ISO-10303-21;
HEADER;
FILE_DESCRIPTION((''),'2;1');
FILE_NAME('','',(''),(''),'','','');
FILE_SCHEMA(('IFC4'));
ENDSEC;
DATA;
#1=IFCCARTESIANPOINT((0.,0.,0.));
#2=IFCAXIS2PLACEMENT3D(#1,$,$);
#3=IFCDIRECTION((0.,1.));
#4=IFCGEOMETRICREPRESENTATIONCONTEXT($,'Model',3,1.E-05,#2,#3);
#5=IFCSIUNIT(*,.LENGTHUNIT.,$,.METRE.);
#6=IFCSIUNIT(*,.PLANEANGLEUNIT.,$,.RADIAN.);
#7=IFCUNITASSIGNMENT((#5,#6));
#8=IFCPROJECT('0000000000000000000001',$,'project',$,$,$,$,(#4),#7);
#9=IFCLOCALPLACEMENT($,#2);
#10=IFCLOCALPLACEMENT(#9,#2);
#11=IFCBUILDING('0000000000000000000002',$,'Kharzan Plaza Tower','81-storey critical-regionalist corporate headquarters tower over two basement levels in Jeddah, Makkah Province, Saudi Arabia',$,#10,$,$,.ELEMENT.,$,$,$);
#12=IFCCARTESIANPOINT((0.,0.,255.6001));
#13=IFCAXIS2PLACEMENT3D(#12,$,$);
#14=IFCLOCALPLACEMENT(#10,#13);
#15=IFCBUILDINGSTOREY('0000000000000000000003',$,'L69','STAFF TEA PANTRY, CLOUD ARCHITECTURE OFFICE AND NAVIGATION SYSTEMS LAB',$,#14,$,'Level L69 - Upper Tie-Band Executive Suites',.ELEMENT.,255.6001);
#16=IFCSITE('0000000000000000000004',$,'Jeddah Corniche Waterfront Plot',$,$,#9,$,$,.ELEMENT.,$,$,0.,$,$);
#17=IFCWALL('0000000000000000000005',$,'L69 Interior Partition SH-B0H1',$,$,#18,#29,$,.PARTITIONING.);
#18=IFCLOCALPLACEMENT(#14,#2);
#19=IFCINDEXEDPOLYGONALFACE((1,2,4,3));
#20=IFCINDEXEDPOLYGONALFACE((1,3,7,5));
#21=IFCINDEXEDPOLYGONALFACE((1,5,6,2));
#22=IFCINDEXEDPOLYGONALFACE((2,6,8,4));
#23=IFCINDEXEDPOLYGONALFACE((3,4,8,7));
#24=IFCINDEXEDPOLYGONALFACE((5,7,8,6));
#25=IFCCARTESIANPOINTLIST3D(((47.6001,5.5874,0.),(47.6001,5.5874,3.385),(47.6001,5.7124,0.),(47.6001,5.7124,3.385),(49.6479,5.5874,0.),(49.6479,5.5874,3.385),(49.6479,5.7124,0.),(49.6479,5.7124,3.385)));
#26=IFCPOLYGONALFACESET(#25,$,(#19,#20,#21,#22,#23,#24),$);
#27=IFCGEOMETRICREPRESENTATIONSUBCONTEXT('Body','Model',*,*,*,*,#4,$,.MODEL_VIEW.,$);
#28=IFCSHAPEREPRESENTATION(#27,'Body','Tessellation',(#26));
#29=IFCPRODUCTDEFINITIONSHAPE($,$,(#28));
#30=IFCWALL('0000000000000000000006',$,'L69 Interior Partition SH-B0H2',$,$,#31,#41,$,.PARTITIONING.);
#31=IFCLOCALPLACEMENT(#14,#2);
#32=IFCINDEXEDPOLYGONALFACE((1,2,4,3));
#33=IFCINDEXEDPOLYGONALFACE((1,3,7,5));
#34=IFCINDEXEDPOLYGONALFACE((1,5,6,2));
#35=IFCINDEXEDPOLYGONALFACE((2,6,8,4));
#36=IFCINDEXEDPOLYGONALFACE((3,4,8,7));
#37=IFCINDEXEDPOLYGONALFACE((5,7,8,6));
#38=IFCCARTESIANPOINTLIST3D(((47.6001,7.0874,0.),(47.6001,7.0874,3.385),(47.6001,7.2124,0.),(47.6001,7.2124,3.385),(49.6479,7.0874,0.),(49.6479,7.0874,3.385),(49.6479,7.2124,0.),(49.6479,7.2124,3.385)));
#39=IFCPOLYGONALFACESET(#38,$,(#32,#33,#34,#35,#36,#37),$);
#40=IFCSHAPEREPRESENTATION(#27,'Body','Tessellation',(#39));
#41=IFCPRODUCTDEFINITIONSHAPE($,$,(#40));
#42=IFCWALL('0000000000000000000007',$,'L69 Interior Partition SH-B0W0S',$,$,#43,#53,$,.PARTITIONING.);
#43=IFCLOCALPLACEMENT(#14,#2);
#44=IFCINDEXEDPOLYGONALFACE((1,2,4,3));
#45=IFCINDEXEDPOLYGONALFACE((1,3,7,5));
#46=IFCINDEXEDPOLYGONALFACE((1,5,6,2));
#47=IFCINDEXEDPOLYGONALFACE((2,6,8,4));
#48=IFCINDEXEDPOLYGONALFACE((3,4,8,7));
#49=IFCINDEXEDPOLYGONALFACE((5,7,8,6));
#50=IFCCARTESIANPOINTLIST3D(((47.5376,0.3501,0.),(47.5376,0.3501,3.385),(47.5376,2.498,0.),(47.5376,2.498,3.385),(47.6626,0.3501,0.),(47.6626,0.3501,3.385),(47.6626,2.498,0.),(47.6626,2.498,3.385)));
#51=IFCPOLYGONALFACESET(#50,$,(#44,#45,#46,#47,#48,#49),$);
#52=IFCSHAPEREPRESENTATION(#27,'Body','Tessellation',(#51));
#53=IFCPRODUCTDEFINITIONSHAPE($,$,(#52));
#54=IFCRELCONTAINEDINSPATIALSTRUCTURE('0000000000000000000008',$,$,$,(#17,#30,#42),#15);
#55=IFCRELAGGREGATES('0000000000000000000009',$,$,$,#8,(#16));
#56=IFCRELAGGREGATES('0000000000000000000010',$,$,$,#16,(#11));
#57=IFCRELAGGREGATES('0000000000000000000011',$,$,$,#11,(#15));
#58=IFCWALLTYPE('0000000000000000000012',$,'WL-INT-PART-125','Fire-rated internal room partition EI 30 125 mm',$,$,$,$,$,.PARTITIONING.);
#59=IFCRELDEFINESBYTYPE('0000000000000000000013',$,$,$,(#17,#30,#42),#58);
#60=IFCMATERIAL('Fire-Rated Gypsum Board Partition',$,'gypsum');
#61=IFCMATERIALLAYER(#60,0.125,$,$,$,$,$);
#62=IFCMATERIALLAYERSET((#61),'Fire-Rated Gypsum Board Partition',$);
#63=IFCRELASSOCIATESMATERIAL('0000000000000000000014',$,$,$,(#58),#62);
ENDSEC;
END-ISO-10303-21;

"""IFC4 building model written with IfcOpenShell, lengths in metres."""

from ifc_helpers import new_model, si_unit, direction, frame, frame_2d, origin, place, context, subcontext, project, spatial, rectangle, extrude, source, transform, mapped, material, layer, layer_set, type_object, element, save


model = new_model("IFC4")

# Units and contexts
model_context = context("Model", 3, precision=1e-05, world=origin(), true_north=direction((0.0, 1.0)))
body_context = subcontext(model_context, "Body", "Model", "MODEL_VIEW")
ifc_project = project(units=[si_unit("LENGTHUNIT", "METRE"), si_unit("PLANEANGLEUNIT", "RADIAN")], contexts=[model_context])

# Site, building, storey
site_placement = place(None, origin())
site = spatial("IfcSite", under=ifc_project, at=site_placement, Name="Jeddah Corniche Waterfront Plot", CompositionType="ELEMENT", RefElevation=0.0)
building_placement = place(site_placement, origin())
building = spatial("IfcBuilding", under=site, at=building_placement, Name="Kharzan Plaza Tower", Description="81-storey critical-regionalist corporate headquarters tower over two basement levels in Jeddah, Makkah Province, Saudi Arabia", CompositionType="ELEMENT")
storey_placement = place(building_placement, frame((0.0, 0.0, 255.6001)))
storey = spatial("IfcBuildingStorey", under=building, at=storey_placement, Name="L69", Description="STAFF TEA PANTRY, CLOUD ARCHITECTURE OFFICE AND NAVIGATION SYSTEMS LAB", LongName="Level L69 - Upper Tie-Band Executive Suites", CompositionType="ELEMENT", Elevation=255.6001)

# Shared definitions
ifc_material_1 = material(Name="Fire-Rated Gypsum Board Partition", Category="gypsum")
ifc_layer_1 = layer(ifc_material_1, 0.125)
ifc_layer_set_1 = layer_set([ifc_layer_1], Name="Fire-Rated Gypsum Board Partition")
wall_type_1 = type_object("IfcWallType", Name="WL-INT-PART-125", Description="Fire-rated internal room partition EI 30 125 mm", PredefinedType="PARTITIONING", material=ifc_layer_set_1)

# Walls
shared_shape_1 = source(origin(), body_context, "Body", "SweptSolid", [
    extrude(rectangle(XDim=2.0479, YDim=0.125, at=frame_2d((1.0239, 0.0))), origin(), (0.0, 0.0, 1.0), 3.385),
])
for number, where, z_axis, x_axis, name in (
    (1, (47.6001, 5.6499, 0.0), (0.0, 0.0, 1.0), (1.0, 0.0, 0.0), "L69 Interior Partition SH-B0H1"),
    (2, (47.6001, 7.1499, 0.0), (0.0, 0.0, 1.0), (1.0, 0.0, 0.0), "L69 Interior Partition SH-B0H2"),
):
    element("IfcWall", number, at=place(storey_placement, frame(where, z_axis=z_axis, x_axis=x_axis)), inside=storey, type_object=wall_type_1, Name=name, PredefinedType="PARTITIONING", context=body_context, shape_type="MappedRepresentation", body=[
        mapped(shared_shape_1, transform((0.0, 0.0, 0.0), x_axis=(1.0, 0.0, 0.0), y_axis=(0.0, 1.0, 0.0), z_axis=(0.0, 0.0, 1.0))),
    ])
shared_shape_2 = source(origin(), body_context, "Body", "SweptSolid", [
    extrude(rectangle(XDim=2.1479, YDim=0.125, at=frame_2d((1.074, 0.0))), origin(), (0.0, 0.0, 1.0), 3.385),
])
wall_1_placement = place(storey_placement, frame((47.6001, 0.3501, 0.0), z_axis=(0.0, 0.0, 1.0), x_axis=(0.0, 1.0, 0.0)))
element("IfcWall", 3, at=wall_1_placement, inside=storey, type_object=wall_type_1, Name="L69 Interior Partition SH-B0W0S", PredefinedType="PARTITIONING", context=body_context, shape_type="MappedRepresentation", body=[
    mapped(shared_shape_2, transform((0.0, 0.0, 0.0), x_axis=(1.0, 0.0, 0.0), y_axis=(0.0, 1.0, 0.0), z_axis=(0.0, 0.0, 1.0))),
])

save(model, "model.ifc")
